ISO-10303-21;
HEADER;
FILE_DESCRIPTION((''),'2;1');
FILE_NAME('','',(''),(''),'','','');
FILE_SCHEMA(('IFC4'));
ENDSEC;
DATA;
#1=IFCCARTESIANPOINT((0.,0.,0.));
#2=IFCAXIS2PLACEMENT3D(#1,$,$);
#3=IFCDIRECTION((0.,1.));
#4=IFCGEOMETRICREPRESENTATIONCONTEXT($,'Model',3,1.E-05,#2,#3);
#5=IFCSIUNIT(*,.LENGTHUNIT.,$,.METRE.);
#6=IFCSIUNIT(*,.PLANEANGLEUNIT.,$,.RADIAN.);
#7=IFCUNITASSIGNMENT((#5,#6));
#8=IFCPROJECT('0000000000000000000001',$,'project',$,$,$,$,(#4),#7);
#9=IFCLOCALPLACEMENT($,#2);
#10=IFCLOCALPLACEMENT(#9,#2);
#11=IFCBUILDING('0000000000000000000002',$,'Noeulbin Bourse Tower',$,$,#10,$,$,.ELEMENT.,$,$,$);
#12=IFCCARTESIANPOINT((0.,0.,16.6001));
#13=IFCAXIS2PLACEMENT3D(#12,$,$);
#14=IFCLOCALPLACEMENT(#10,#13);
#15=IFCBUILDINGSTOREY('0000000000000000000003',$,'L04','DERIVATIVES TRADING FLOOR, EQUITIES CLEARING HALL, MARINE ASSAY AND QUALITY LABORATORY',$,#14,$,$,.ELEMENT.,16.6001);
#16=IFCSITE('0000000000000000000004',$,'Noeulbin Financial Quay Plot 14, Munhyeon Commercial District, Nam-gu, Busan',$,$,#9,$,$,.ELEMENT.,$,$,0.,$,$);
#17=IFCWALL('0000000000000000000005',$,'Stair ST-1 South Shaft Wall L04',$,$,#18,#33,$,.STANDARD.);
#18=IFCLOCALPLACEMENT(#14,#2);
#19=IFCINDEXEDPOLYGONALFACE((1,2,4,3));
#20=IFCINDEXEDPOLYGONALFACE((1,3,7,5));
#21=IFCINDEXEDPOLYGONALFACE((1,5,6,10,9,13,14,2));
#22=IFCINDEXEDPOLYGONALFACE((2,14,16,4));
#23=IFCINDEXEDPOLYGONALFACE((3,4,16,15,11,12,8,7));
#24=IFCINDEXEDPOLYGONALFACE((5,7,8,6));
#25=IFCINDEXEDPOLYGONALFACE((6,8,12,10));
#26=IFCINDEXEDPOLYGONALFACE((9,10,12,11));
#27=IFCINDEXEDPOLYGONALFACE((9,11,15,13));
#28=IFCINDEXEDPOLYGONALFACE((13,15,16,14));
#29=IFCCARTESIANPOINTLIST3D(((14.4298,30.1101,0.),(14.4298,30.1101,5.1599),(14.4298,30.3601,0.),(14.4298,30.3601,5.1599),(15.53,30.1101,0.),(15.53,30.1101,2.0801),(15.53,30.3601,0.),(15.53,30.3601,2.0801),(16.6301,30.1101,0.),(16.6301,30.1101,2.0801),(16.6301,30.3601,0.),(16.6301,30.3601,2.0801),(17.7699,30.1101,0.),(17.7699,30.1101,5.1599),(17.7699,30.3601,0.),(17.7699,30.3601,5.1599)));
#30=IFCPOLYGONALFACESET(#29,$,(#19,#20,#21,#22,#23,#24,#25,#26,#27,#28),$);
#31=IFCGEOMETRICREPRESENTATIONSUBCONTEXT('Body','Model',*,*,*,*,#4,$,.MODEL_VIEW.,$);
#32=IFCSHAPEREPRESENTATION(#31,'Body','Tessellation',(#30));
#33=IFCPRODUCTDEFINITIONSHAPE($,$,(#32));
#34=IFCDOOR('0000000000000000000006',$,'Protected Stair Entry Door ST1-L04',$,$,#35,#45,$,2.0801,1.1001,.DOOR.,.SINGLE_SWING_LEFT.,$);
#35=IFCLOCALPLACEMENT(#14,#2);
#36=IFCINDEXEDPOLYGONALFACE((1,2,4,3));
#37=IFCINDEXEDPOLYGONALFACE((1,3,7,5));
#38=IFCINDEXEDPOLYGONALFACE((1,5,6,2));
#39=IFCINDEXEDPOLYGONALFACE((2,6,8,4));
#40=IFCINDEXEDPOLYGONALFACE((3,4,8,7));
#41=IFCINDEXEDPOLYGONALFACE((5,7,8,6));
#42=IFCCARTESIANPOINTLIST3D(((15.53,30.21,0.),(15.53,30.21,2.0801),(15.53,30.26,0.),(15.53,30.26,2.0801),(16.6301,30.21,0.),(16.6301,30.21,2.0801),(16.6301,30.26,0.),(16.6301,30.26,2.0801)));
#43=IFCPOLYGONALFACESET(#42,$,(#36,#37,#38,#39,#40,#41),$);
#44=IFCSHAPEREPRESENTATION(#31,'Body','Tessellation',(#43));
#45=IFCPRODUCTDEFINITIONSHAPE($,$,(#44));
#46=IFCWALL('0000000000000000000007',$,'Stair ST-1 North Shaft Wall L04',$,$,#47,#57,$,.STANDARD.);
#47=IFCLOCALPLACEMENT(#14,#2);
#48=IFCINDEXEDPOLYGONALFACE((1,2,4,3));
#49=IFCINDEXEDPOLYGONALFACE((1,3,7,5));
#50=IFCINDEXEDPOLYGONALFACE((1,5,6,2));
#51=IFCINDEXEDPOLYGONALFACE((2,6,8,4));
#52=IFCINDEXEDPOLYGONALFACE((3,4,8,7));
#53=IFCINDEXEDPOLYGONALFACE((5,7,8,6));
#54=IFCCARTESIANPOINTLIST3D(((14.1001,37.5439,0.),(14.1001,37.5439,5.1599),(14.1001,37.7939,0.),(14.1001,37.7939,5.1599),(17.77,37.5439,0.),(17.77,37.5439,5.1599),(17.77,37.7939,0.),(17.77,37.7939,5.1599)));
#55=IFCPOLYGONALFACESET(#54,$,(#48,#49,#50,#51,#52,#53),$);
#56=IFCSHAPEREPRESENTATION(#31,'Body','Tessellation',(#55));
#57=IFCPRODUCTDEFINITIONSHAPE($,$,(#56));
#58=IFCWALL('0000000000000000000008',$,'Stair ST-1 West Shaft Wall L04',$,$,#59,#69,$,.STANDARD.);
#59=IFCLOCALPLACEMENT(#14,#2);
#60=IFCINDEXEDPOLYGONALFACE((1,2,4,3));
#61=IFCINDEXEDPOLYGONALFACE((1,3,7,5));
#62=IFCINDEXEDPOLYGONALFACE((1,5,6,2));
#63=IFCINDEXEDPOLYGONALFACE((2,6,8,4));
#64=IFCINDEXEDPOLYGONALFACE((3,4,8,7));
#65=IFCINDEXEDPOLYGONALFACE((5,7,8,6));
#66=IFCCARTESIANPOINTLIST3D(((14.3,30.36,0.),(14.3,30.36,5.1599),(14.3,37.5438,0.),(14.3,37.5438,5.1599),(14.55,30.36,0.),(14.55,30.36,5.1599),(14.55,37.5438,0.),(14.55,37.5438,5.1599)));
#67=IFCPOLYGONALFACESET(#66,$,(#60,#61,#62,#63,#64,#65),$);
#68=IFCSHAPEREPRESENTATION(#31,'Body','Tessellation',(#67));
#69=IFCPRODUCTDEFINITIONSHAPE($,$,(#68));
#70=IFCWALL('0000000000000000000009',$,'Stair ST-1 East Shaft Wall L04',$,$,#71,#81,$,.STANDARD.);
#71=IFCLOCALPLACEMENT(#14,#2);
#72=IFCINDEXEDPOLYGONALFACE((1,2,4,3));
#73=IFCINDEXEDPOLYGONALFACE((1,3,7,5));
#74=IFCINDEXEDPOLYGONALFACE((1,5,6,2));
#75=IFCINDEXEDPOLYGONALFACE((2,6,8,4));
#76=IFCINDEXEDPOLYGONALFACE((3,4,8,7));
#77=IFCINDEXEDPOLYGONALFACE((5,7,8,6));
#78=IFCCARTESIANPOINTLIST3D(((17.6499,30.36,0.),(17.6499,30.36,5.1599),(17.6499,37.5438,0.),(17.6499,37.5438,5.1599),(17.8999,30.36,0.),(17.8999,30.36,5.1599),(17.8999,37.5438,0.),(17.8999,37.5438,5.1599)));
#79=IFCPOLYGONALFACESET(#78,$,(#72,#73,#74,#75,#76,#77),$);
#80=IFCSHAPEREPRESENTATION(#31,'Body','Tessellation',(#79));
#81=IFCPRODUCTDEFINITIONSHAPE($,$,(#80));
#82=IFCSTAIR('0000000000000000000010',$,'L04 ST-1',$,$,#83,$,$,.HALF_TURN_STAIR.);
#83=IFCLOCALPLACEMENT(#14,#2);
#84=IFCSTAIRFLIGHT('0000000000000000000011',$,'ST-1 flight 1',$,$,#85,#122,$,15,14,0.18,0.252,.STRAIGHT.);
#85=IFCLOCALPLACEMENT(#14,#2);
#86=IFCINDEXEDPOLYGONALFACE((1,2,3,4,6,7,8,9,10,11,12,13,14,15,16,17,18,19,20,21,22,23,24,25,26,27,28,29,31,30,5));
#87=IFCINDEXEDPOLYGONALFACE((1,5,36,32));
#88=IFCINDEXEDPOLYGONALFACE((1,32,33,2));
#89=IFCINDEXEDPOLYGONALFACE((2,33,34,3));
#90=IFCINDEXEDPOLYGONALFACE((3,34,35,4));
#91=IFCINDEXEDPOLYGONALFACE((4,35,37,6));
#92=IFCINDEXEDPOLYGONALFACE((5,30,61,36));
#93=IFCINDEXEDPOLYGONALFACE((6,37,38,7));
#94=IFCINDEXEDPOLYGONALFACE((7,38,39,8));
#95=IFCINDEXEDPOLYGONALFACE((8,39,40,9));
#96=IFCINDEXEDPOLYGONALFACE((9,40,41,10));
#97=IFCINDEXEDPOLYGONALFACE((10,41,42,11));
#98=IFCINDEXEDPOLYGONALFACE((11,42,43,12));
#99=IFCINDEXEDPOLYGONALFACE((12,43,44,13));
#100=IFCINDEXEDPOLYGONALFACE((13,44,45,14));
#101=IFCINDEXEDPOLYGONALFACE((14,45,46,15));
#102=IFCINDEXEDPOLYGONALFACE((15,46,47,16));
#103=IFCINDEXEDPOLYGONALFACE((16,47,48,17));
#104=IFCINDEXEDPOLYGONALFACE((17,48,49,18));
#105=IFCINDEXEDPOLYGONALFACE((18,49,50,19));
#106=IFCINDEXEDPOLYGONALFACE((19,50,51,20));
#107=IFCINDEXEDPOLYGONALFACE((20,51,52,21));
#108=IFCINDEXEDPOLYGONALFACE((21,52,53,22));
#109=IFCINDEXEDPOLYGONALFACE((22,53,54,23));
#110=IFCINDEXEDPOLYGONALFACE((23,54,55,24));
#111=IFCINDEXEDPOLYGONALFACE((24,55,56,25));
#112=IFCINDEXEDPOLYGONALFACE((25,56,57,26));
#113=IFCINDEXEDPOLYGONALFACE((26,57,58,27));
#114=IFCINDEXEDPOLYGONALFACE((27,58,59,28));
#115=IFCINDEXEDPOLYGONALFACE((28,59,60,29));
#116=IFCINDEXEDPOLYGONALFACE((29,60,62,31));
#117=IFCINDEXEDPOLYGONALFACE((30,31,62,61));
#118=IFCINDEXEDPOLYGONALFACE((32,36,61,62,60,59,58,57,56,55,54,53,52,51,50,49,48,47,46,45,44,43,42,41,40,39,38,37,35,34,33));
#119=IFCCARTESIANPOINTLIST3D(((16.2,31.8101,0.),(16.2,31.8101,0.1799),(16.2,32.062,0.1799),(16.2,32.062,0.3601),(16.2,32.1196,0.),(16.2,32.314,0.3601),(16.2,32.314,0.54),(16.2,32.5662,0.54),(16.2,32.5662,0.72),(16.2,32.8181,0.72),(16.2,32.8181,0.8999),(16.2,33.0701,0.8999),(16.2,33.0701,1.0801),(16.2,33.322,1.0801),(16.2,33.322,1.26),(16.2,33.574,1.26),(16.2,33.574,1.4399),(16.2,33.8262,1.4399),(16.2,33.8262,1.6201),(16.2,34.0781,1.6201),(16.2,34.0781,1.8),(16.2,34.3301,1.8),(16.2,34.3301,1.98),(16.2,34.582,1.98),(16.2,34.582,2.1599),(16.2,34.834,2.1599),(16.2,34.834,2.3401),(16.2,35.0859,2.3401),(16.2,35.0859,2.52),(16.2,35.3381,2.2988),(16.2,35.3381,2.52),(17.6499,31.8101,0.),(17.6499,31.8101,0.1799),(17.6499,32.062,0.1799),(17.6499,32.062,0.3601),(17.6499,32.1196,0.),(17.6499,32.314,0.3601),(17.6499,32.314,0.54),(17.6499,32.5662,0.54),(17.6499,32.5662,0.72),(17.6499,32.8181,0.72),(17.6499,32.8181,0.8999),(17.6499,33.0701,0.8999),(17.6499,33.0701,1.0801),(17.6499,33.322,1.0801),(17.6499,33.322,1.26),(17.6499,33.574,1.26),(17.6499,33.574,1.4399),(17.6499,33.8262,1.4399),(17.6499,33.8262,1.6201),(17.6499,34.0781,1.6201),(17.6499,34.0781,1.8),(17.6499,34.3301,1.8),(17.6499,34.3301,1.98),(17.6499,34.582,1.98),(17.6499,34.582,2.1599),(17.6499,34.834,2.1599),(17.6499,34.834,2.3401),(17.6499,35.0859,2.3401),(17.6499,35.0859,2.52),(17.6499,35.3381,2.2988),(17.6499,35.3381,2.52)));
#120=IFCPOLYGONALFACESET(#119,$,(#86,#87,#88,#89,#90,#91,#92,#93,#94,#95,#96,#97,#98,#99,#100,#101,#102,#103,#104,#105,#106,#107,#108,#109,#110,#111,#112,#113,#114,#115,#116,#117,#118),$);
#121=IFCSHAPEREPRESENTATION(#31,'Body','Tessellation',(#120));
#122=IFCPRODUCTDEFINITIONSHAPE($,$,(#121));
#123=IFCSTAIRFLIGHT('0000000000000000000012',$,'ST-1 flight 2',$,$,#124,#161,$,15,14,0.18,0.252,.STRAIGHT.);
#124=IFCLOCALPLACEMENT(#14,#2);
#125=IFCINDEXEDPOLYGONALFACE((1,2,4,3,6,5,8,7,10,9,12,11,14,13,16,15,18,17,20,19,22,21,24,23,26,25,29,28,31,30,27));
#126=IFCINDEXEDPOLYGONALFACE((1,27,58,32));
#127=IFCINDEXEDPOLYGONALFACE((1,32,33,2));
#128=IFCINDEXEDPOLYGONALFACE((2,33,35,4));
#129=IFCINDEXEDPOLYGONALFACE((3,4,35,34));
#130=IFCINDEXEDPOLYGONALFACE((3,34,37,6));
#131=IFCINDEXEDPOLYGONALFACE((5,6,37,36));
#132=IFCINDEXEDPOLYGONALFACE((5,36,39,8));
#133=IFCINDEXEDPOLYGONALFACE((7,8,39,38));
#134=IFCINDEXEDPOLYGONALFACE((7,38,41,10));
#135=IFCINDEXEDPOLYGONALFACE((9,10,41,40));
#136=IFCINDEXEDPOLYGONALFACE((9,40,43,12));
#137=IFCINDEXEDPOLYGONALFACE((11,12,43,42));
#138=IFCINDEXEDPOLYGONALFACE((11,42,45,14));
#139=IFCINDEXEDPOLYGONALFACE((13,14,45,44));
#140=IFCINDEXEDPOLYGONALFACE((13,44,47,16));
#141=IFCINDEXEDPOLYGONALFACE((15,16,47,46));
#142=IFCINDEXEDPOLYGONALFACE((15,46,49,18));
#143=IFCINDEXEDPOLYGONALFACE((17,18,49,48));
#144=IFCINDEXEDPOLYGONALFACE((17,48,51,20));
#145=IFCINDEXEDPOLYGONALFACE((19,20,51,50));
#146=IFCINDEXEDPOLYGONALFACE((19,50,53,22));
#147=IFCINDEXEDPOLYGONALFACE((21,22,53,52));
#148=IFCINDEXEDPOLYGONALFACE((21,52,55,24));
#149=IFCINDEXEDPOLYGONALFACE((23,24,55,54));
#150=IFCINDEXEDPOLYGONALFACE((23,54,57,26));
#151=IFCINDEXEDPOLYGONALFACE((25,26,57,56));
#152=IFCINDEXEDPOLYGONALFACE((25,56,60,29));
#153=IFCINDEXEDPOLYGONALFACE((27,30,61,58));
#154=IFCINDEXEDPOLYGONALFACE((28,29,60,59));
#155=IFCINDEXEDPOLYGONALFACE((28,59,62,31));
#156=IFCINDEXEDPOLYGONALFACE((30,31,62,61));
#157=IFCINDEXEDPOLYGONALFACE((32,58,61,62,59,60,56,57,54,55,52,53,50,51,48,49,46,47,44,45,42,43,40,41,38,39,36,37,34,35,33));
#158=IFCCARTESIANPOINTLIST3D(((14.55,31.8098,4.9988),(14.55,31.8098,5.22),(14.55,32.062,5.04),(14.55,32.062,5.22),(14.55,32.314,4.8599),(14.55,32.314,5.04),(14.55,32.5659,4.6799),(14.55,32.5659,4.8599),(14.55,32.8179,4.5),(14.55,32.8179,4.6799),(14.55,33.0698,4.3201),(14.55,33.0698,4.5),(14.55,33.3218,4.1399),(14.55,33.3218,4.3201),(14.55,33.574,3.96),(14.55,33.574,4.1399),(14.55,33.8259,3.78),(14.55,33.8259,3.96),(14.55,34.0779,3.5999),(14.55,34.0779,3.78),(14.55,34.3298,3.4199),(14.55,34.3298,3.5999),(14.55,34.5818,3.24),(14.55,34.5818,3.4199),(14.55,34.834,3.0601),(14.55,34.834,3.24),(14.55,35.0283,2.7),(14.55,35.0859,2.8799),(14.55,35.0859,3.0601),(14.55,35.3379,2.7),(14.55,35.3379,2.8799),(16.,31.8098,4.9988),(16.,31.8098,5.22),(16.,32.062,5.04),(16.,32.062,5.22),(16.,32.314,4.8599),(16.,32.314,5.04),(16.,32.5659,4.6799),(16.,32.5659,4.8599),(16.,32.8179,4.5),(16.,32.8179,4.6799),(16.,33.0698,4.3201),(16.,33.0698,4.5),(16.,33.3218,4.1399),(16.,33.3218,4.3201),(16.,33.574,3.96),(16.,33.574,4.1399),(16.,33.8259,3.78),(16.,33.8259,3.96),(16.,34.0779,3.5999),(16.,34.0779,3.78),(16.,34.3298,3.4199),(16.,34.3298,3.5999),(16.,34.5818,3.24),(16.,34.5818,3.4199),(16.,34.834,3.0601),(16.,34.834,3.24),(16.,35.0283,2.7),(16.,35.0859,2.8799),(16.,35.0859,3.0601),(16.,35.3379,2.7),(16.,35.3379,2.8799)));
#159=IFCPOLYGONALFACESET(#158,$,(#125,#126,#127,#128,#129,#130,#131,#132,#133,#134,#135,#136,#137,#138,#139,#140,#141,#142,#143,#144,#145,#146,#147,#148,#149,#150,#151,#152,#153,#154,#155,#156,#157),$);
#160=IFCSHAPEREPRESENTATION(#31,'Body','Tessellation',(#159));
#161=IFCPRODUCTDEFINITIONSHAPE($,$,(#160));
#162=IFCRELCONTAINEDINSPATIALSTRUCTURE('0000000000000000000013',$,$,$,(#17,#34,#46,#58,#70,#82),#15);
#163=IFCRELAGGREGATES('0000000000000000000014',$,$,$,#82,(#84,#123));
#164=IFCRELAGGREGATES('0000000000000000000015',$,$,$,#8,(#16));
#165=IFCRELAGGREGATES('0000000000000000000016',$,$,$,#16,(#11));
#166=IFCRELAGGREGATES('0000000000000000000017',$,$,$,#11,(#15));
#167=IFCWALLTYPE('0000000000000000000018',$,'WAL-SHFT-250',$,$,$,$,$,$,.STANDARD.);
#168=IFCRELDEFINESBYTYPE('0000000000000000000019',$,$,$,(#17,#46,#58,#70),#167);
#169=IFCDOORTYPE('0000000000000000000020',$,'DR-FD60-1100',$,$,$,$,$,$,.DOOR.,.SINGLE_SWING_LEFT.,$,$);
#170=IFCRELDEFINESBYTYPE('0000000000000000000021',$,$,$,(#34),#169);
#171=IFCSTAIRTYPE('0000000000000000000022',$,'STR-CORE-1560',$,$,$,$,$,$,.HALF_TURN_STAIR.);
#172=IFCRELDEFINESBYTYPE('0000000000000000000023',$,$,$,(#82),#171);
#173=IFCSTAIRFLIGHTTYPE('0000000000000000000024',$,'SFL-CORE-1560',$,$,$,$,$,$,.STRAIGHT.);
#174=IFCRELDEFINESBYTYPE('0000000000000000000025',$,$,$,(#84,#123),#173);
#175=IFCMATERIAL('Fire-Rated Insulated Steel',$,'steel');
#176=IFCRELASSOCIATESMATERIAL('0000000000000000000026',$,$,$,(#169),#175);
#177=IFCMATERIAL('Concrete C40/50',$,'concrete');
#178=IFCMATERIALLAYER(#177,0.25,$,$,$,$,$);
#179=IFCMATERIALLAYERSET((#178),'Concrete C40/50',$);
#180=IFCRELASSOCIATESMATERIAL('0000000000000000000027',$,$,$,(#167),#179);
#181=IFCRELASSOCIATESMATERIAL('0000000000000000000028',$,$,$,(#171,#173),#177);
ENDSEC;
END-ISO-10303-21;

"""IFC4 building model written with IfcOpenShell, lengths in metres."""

from ifc_helpers import new_model, si_unit, direction, frame, frame_2d, origin, place, context, subcontext, project, spatial, polyline, rectangle, outline, extrude, material, layer, layer_set, type_object, element, fill, aggregate, save


model = new_model("IFC4")

# Units and contexts
model_context = context("Model", 3, precision=1e-05, world=origin(), true_north=direction((0.0, 1.0)))
body_context = subcontext(model_context, "Body", "Model", "MODEL_VIEW")
ifc_project = project(units=[si_unit("LENGTHUNIT", "METRE"), si_unit("PLANEANGLEUNIT", "RADIAN")], contexts=[model_context])

# Site, building, storey
site_placement = place(None, origin())
site = spatial("IfcSite", under=ifc_project, at=site_placement, Name="Noeulbin Financial Quay Plot 14, Munhyeon Commercial District, Nam-gu, Busan", CompositionType="ELEMENT", RefElevation=0.0)
building_placement = place(site_placement, origin())
building = spatial("IfcBuilding", under=site, at=building_placement, Name="Noeulbin Bourse Tower", CompositionType="ELEMENT")
storey_placement = place(building_placement, frame((0.0, 0.0, 16.6001)))
storey = spatial("IfcBuildingStorey", under=building, at=storey_placement, Name="L04", Description="DERIVATIVES TRADING FLOOR, EQUITIES CLEARING HALL, MARINE ASSAY AND QUALITY LABORATORY", CompositionType="ELEMENT", Elevation=16.6001)

# Shared definitions
ifc_material_1 = material(Name="Fire-Rated Insulated Steel", Category="steel")
door_type_1 = type_object("IfcDoorType", Name="DR-FD60-1100", OperationType="SINGLE_SWING_LEFT", PredefinedType="DOOR", material=ifc_material_1)

# Shared definitions
ifc_material_2 = material(Name="Concrete C40/50", Category="concrete")

# Wall, opening, door
ifc_layer_1 = layer(ifc_material_2, 0.25)
ifc_layer_set_1 = layer_set([ifc_layer_1], Name="Concrete C40/50")
wall_type_1 = type_object("IfcWallType", Name="WAL-SHFT-250", PredefinedType="STANDARD", material=ifc_layer_set_1)
wall_1_placement = place(storey_placement, frame((14.4299, 30.2351, 0.0), z_axis=(0.0, 0.0, 1.0), x_axis=(1.0, 0.0, 0.0)))
wall_1 = element("IfcWall", 1, at=wall_1_placement, inside=storey, type_object=wall_type_1, Name="Stair ST-1 South Shaft Wall L04", PredefinedType="STANDARD", context=body_context, shape_type="SweptSolid", body=[
    extrude(rectangle(XDim=3.3401, YDim=0.25, at=frame_2d((1.6699, 0.0))), origin(), (0.0, 0.0, 1.0), 5.1599),
])
opening_1_placement = place(wall_1_placement, frame((1.1001, 0.0, 0.0)))
opening_1 = element("IfcOpeningElement", 2, at=opening_1_placement, cuts=wall_1, PredefinedType="OPENING", context=body_context, shape_type="SweptSolid", body=[
    extrude(rectangle(XDim=1.1001, YDim=2.0801, at=frame_2d((0.55, 1.04))), frame((0.0, 0.135, 0.0), z_axis=(0.0, -1.0, 0.0), x_axis=(1.0, 0.0, 0.0)), (0.0, 0.0, 1.0), 0.27),
])
door_1_placement = place(opening_1_placement, origin())
door_1 = element("IfcDoor", 3, at=door_1_placement, inside=storey, type_object=door_type_1, Name="Protected Stair Entry Door ST1-L04", OperationType="SINGLE_SWING_LEFT", OverallHeight=2.0801, OverallWidth=1.1001, PredefinedType="DOOR", context=body_context, shape_type="SweptSolid", body=[
    extrude(rectangle(XDim=1.1001, YDim=2.0801, at=frame_2d((0.55, 1.04))), frame((0.0, 0.0249, 0.0), z_axis=(0.0, -1.0, 0.0), x_axis=(1.0, 0.0, 0.0)), (0.0, 0.0, 1.0), 0.05),
])
fill(opening_1, door_1)

# Walls
wall_2_placement = place(storey_placement, frame((14.1001, 37.6689, 0.0), z_axis=(0.0, 0.0, 1.0), x_axis=(1.0, 0.0, 0.0)))
element("IfcWall", 4, at=wall_2_placement, inside=storey, type_object=wall_type_1, Name="Stair ST-1 North Shaft Wall L04", PredefinedType="STANDARD", context=body_context, shape_type="SweptSolid", body=[
    extrude(rectangle(XDim=3.6699, YDim=0.25, at=frame_2d((1.835, 0.0))), origin(), (0.0, 0.0, 1.0), 5.1599),
])
for number, where, z_axis, x_axis, name in (
    (5, (14.425, 30.3601, 0.0), (0.0, 0.0, 1.0), (0.0, 1.0, 0.0), "Stair ST-1 West Shaft Wall L04"),
    (6, (17.7749, 30.3601, 0.0), (0.0, 0.0, 1.0), (0.0, 1.0, 0.0), "Stair ST-1 East Shaft Wall L04"),
):
    element("IfcWall", number, at=place(storey_placement, frame(where, z_axis=z_axis, x_axis=x_axis)), inside=storey, type_object=wall_type_1, Name=name, PredefinedType="STANDARD", context=body_context, shape_type="SweptSolid", body=[
        extrude(rectangle(XDim=7.1838, YDim=0.25, at=frame_2d((3.5918, 0.0))), origin(), (0.0, 0.0, 1.0), 5.1599),
    ])

# Stair, stair flights
stair_type = type_object("IfcStairType", Name="STR-CORE-1560", PredefinedType="HALF_TURN_STAIR", material=ifc_material_2)
stair_placement = place(storey_placement, origin())
stair = element("IfcStair", 7, at=stair_placement, inside=storey, type_object=stair_type, Name="L04 ST-1", PredefinedType="HALF_TURN_STAIR")
stair_flight_type = type_object("IfcStairFlightType", Name="SFL-CORE-1560", PredefinedType="STRAIGHT", material=ifc_material_2)
stair_flight_1_placement = place(storey_placement, frame((16.925, 31.8101, 0.0), z_axis=(0.0, 0.0, 1.0), x_axis=(0.0, 1.0, 0.0)))
stair_flight_1 = element("IfcStairFlight", 8, at=stair_flight_1_placement, type_object=stair_flight_type, Name="ST-1 flight 1", NumberOfRisers=15, NumberOfTreads=14, PredefinedType="STRAIGHT", RiserHeight=0.18, TreadLength=0.252, context=body_context, shape_type="SweptSolid", body=[
    extrude(outline(polyline([(0.0, 0.0), (0.0, 0.1799), (0.252, 0.1799), (0.252, 0.3601), (0.5039, 0.3601), (0.5039, 0.54), (0.7561, 0.54), (0.7561, 0.72), (1.0081, 0.72), (1.0081, 0.8999), (1.26, 0.8999), (1.26, 1.0801), (1.512, 1.0801), (1.512, 1.26), (1.7639, 1.26), (1.7639, 1.4399), (2.0161, 1.4399), (2.0161, 1.6201), (2.2681, 1.6201), (2.2681, 1.8), (2.52, 1.8), (2.52, 1.98), (2.772, 1.98), (2.772, 2.1599), (3.0239, 2.1599), (3.0239, 2.3401), (3.2759, 2.3401), (3.2759, 2.52), (3.5281, 2.52), (3.5281, 2.7), (3.5281, 2.2988), (0.3096, 0.0), (0.0, 0.0)])), frame((0.0, 0.7251, 0.0), z_axis=(0.0, -1.0, 0.0), x_axis=(1.0, 0.0, 0.0)), (0.0, 0.0, 1.0), 1.45),
])
stair_flight_2_placement = place(storey_placement, frame((15.2749, 35.3379, 2.7), z_axis=(0.0, 0.0, 1.0), x_axis=(0.0, -1.0, 0.0)))
stair_flight_2 = element("IfcStairFlight", 9, at=stair_flight_2_placement, type_object=stair_flight_type, Name="ST-1 flight 2", NumberOfRisers=15, NumberOfTreads=14, PredefinedType="STRAIGHT", RiserHeight=0.18, TreadLength=0.252, context=body_context, shape_type="SweptSolid", body=[
    extrude(outline(polyline([(0.0, 0.0), (0.0, 0.1799), (0.252, 0.1799), (0.252, 0.3601), (0.5039, 0.3601), (0.5039, 0.54), (0.7561, 0.54), (0.7561, 0.72), (1.0081, 0.72), (1.0081, 0.8999), (1.26, 0.8999), (1.26, 1.0801), (1.512, 1.0801), (1.512, 1.26), (1.7639, 1.26), (1.7639, 1.4399), (2.0161, 1.4399), (2.0161, 1.6201), (2.2681, 1.6201), (2.2681, 1.8), (2.52, 1.8), (2.52, 1.98), (2.772, 1.98), (2.772, 2.1599), (3.0239, 2.1599), (3.0239, 2.3401), (3.2759, 2.3401), (3.2759, 2.52), (3.5281, 2.52), (3.5281, 2.7), (3.5281, 2.2988), (0.3096, 0.0), (0.0, 0.0)])), frame((0.0, 0.7251, 0.0), z_axis=(0.0, -1.0, 0.0), x_axis=(1.0, 0.0, 0.0)), (0.0, 0.0, 1.0), 1.45),
])
aggregate(stair, [stair_flight_1, stair_flight_2])

save(model, "model.ifc")
